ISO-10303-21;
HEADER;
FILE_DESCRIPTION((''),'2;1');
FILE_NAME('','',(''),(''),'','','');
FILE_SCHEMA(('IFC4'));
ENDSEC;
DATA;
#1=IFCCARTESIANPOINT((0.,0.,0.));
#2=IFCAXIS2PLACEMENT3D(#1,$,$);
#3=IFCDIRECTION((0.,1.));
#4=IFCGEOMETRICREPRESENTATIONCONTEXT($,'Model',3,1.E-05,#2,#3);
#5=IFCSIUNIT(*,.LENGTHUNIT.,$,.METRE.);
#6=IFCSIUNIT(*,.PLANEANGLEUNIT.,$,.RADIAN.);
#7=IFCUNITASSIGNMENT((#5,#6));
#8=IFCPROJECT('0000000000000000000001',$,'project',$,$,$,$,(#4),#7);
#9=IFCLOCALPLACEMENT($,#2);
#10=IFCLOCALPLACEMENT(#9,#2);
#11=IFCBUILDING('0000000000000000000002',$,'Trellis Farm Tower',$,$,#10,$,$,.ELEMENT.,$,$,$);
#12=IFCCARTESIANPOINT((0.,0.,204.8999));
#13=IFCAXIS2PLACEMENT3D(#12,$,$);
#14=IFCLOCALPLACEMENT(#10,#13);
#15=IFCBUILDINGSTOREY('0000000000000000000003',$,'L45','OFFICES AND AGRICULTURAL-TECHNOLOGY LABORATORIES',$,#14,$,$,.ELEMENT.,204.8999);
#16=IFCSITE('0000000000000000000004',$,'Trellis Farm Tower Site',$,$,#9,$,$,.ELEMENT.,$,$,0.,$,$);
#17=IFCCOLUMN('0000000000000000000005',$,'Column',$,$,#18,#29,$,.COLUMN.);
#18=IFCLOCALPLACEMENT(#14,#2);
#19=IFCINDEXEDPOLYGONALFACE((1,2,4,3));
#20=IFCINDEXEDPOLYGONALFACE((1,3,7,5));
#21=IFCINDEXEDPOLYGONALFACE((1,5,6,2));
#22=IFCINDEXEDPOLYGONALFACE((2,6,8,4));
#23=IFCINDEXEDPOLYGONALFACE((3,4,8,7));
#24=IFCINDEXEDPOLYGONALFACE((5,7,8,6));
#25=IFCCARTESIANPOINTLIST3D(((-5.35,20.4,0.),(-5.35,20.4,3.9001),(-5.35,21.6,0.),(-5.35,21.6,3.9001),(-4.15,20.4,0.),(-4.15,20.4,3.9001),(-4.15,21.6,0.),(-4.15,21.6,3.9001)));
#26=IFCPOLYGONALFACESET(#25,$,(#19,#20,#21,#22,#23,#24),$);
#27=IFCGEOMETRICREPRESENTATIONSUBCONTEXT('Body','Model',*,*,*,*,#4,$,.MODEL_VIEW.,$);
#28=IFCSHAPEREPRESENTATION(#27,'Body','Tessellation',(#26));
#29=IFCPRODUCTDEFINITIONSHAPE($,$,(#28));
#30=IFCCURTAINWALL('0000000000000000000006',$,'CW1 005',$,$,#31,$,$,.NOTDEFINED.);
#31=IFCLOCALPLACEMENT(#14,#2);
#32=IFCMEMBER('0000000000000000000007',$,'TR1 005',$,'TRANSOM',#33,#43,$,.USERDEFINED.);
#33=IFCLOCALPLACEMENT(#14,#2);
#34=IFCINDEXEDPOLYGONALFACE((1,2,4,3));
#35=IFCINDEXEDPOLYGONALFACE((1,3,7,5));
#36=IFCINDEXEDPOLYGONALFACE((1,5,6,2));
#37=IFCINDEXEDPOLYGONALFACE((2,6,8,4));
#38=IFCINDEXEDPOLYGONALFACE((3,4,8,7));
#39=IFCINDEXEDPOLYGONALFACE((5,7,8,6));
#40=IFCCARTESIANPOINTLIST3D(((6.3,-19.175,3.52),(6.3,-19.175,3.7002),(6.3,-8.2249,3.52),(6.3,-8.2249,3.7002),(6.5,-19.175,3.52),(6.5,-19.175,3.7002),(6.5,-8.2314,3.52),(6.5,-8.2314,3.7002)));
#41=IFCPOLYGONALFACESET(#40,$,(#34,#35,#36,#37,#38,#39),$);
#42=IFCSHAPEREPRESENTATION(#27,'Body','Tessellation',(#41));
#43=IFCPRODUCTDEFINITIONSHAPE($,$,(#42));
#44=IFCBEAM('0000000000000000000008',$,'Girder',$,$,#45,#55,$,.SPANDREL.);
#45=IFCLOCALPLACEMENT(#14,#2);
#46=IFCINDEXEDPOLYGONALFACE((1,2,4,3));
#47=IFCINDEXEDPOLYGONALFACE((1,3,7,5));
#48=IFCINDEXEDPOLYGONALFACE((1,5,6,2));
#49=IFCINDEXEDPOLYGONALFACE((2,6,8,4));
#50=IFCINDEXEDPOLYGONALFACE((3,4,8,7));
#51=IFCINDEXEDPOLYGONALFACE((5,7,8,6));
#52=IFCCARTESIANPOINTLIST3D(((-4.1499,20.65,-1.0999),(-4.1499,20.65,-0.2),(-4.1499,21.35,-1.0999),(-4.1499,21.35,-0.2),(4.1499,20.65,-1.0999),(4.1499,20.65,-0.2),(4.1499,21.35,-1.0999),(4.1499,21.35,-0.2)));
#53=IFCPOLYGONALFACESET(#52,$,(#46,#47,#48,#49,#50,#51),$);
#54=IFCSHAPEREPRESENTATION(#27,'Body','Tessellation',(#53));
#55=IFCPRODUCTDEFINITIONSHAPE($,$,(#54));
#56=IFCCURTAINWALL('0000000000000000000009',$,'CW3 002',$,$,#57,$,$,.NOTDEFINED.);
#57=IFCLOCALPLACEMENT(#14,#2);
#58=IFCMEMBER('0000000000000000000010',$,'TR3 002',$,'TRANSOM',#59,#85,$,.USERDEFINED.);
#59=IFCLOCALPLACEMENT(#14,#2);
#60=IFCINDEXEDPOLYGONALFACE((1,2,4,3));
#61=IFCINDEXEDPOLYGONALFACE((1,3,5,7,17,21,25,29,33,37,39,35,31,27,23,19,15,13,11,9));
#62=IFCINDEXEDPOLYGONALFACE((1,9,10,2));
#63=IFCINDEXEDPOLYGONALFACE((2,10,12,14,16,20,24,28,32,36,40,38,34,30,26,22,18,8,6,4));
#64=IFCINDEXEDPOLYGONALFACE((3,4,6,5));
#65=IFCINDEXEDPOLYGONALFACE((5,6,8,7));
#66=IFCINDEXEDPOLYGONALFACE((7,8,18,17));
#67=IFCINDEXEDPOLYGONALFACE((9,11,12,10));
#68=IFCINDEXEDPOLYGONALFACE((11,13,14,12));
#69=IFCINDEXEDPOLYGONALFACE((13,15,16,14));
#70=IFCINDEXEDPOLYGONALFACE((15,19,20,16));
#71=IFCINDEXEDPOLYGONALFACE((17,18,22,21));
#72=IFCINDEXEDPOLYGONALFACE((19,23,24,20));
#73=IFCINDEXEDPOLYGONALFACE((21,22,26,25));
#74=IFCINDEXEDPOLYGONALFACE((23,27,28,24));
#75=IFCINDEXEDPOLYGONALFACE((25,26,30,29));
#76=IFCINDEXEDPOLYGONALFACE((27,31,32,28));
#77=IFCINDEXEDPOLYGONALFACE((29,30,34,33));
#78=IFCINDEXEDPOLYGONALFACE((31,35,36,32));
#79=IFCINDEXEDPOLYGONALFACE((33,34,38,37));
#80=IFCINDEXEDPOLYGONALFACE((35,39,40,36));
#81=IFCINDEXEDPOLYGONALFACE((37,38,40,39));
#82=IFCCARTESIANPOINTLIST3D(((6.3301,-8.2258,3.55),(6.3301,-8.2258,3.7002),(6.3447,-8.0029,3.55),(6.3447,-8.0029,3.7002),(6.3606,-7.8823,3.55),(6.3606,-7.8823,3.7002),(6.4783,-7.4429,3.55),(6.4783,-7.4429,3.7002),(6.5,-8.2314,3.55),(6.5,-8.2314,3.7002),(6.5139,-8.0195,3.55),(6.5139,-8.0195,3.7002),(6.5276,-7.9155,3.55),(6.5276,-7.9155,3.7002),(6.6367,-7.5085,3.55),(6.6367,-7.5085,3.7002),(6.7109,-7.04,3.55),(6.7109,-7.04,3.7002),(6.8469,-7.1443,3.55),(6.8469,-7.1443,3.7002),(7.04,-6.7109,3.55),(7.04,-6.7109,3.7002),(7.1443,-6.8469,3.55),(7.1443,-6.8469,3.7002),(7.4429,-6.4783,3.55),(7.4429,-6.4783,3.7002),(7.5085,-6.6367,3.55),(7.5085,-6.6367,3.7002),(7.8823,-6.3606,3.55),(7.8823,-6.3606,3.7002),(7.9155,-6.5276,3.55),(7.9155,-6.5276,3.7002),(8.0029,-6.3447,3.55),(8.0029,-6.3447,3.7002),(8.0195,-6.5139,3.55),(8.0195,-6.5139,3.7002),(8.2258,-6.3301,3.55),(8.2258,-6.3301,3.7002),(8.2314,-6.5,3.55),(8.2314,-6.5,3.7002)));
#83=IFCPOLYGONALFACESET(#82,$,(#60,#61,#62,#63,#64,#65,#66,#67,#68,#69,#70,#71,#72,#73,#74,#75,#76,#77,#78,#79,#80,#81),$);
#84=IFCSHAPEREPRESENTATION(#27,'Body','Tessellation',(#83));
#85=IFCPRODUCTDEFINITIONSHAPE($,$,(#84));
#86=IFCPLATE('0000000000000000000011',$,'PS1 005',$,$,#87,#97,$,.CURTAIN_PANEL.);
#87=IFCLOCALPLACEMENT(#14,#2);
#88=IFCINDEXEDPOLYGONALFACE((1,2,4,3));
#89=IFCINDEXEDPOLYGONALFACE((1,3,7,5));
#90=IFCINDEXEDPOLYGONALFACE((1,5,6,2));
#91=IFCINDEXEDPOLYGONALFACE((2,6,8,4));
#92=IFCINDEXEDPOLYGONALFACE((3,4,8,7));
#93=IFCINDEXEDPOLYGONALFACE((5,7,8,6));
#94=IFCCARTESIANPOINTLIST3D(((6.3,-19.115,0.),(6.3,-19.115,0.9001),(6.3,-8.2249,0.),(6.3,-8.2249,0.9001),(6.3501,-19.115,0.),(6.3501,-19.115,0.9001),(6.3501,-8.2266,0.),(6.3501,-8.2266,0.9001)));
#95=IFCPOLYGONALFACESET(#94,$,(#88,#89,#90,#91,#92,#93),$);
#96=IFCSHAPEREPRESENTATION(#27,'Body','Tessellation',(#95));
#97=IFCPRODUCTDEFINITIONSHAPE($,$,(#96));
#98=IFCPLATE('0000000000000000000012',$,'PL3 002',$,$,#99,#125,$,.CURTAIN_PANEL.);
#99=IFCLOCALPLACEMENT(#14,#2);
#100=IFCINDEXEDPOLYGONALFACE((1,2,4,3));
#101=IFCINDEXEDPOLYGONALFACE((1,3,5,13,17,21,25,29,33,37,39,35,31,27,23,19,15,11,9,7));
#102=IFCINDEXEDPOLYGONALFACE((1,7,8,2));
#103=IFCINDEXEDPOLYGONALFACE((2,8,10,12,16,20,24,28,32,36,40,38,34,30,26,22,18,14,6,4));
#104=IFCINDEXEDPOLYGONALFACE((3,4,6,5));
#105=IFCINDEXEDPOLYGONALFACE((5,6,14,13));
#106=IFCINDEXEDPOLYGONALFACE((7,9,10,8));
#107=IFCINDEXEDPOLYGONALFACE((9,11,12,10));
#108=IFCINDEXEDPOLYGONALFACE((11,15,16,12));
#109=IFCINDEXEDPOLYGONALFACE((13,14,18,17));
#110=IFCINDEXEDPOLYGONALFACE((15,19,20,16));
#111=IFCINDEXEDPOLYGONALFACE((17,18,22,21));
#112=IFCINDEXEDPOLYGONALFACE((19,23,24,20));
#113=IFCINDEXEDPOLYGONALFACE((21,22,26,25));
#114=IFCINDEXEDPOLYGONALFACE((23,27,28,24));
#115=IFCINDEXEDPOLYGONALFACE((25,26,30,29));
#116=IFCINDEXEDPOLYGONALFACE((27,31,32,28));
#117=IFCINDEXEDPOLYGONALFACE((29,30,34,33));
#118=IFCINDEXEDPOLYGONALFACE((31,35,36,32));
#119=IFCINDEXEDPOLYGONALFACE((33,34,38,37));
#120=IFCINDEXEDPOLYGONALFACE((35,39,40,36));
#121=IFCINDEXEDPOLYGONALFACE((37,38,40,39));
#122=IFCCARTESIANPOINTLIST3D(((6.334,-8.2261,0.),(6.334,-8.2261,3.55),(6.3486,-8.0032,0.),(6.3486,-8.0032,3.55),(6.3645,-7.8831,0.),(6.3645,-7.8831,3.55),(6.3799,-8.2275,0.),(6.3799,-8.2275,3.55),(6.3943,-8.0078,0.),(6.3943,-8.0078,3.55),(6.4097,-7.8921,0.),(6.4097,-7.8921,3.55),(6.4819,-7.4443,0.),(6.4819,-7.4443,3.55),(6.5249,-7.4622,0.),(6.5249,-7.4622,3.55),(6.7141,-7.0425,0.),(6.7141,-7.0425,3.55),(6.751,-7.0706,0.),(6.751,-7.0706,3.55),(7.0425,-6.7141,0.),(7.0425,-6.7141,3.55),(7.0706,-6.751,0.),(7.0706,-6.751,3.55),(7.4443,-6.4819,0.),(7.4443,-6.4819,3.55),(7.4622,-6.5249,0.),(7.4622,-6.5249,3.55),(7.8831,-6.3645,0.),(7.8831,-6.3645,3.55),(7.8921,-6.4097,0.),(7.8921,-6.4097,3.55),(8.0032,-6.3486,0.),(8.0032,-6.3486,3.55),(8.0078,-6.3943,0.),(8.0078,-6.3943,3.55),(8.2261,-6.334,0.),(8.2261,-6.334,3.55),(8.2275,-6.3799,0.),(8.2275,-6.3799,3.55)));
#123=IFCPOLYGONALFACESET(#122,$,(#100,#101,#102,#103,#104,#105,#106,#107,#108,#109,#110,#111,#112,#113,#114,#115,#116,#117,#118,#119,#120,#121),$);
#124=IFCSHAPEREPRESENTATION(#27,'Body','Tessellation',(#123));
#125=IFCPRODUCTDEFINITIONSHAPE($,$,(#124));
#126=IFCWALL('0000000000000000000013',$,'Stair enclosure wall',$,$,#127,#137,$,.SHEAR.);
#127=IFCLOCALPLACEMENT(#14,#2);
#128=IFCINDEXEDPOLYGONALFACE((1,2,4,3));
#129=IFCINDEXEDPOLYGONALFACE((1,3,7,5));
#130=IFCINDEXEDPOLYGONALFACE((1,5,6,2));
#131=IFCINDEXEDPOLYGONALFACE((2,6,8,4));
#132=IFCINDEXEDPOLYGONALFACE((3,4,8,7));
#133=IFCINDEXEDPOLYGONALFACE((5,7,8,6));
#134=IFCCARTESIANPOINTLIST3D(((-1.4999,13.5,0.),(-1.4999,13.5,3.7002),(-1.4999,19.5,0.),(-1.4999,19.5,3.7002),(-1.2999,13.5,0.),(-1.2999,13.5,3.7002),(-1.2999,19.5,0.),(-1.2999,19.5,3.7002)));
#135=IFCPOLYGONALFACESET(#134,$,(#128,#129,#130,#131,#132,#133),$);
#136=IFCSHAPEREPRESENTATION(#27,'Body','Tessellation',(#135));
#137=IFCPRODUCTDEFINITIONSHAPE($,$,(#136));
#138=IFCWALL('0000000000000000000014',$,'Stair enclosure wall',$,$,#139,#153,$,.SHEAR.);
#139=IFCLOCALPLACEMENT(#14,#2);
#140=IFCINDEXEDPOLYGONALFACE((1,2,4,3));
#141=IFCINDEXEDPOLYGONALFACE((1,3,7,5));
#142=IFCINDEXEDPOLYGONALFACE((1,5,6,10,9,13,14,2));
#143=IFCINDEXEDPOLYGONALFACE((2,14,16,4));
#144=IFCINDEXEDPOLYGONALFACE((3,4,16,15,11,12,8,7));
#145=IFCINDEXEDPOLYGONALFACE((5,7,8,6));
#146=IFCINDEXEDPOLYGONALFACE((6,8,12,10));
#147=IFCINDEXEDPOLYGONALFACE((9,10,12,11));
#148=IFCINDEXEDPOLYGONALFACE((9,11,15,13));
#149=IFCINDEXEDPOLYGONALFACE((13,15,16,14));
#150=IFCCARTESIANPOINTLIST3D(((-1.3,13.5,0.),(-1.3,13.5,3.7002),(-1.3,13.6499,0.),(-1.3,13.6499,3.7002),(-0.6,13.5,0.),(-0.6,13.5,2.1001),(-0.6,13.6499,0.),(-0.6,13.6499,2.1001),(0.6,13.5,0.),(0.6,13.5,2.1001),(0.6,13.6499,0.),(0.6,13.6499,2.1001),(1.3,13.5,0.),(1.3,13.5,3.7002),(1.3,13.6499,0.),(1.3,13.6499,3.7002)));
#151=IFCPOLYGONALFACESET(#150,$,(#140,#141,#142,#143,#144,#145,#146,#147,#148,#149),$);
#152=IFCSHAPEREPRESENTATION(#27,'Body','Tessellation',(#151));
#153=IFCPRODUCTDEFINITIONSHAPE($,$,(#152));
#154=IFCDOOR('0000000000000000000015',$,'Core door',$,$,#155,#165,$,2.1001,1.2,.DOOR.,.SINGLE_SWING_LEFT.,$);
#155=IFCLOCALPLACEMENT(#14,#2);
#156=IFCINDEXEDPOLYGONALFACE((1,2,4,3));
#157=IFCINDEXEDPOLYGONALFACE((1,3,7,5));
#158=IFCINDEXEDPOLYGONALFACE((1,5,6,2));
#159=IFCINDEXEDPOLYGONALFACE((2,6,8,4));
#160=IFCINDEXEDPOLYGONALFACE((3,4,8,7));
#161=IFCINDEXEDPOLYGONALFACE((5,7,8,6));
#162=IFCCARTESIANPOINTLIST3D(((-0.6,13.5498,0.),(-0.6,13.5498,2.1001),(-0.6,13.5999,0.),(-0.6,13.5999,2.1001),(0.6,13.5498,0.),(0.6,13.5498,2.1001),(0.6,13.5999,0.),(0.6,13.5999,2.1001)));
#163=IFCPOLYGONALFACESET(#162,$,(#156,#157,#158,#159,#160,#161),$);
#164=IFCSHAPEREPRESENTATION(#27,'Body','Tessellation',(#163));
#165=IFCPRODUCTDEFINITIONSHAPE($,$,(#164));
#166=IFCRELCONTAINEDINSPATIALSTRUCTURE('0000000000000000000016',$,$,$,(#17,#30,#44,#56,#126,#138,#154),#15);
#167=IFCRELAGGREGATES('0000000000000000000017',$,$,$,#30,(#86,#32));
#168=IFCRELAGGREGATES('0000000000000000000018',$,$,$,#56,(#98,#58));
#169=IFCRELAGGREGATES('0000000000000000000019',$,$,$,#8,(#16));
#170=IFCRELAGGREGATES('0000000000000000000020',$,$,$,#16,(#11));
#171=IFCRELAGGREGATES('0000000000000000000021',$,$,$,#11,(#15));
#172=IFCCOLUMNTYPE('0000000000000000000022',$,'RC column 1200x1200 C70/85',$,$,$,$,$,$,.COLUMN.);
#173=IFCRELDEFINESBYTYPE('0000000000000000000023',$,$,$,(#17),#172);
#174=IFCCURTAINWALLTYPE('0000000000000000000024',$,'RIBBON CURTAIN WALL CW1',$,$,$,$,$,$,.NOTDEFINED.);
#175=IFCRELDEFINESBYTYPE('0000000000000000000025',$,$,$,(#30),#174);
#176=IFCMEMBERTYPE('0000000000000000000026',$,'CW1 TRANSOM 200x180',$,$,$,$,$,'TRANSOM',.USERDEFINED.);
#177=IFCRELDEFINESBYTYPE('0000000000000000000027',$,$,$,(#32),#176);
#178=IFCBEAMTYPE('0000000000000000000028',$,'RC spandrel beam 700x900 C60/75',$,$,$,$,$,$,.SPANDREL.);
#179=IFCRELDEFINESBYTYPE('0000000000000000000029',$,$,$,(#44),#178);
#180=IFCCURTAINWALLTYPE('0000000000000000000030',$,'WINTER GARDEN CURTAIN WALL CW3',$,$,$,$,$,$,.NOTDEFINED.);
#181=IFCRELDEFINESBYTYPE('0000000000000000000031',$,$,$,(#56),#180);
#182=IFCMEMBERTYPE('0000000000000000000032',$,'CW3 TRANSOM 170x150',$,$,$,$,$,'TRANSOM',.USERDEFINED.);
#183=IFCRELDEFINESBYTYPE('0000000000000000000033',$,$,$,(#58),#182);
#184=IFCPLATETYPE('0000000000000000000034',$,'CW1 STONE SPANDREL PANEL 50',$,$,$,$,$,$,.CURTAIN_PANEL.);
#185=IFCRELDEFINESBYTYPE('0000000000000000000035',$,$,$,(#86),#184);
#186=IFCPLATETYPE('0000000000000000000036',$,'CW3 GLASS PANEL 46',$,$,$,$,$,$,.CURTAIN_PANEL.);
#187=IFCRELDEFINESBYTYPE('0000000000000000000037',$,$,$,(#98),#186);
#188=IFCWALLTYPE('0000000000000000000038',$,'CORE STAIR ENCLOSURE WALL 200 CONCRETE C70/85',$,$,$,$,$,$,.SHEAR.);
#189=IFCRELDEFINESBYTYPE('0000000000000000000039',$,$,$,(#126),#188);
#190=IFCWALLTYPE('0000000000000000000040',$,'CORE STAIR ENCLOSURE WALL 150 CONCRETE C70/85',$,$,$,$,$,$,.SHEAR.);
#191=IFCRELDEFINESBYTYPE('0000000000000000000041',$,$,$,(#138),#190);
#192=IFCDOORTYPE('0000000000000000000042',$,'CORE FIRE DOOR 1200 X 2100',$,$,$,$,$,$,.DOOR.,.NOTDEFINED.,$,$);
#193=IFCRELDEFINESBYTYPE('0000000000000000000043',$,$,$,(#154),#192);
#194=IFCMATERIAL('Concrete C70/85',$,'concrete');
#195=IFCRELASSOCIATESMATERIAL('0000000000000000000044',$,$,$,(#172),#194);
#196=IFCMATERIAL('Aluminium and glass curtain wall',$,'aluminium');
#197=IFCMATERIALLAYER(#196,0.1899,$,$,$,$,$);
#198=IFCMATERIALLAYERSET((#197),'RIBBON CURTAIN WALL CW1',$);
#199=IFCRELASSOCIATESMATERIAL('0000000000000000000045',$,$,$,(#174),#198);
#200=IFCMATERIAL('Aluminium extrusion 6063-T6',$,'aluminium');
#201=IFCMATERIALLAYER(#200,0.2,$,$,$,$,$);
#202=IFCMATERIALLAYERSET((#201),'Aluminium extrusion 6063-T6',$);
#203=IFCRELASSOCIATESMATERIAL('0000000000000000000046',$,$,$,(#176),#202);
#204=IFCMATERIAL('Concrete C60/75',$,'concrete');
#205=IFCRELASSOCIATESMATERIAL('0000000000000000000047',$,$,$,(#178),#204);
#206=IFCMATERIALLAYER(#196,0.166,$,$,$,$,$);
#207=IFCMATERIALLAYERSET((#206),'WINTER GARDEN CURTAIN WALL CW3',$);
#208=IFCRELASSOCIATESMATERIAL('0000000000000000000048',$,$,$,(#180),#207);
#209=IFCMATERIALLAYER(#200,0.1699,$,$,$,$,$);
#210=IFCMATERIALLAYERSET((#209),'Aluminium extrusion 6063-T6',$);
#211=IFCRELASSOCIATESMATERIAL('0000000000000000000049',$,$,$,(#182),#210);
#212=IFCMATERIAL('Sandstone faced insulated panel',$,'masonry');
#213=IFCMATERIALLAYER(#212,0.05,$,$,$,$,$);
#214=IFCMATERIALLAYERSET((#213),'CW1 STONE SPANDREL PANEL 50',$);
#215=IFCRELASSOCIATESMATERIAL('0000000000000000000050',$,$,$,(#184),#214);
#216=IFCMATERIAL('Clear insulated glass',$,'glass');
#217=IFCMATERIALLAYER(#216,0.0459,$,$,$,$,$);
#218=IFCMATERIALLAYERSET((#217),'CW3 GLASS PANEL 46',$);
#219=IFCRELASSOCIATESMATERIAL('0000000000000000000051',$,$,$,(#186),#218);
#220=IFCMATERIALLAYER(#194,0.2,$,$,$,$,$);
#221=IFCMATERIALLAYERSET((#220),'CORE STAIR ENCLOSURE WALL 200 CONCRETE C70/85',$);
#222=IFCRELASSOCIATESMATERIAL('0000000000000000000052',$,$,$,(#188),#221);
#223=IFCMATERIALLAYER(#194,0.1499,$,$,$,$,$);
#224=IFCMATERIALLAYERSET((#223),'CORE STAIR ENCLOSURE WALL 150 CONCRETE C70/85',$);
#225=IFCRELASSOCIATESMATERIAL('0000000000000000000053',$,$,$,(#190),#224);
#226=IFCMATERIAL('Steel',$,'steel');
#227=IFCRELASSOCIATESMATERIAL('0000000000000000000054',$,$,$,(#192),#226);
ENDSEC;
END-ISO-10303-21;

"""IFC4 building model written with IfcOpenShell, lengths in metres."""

from ifc_helpers import new_model, si_unit, direction, frame, frame_2d, origin, origin_2d, place, context, subcontext, project, spatial, polyline, rectangle, outline, extrude, source, transform, mapped, material, layer, layer_set, material_profile, profile_set, type_object, element, fill, aggregate, save


model = new_model("IFC4")

# Units and contexts
model_context = context("Model", 3, precision=1e-05, world=origin(), true_north=direction((0.0, 1.0)))
body_context = subcontext(model_context, "Body", "Model", "MODEL_VIEW")
ifc_project = project(units=[si_unit("LENGTHUNIT", "METRE"), si_unit("PLANEANGLEUNIT", "RADIAN")], contexts=[model_context])

# Site, building, storey
site_placement = place(None, origin())
site = spatial("IfcSite", under=ifc_project, at=site_placement, Name="Trellis Farm Tower Site", CompositionType="ELEMENT", RefElevation=0.0)
building_placement = place(site_placement, origin())
building = spatial("IfcBuilding", under=site, at=building_placement, Name="Trellis Farm Tower", CompositionType="ELEMENT")
storey_placement = place(building_placement, frame((0.0, 0.0, 204.8999)))
storey = spatial("IfcBuildingStorey", under=building, at=storey_placement, Name="L45", Description="OFFICES AND AGRICULTURAL-TECHNOLOGY LABORATORIES", CompositionType="ELEMENT", Elevation=204.8999)

# Column
ifc_material_1 = material(Name="Concrete C70/85", Category="concrete")
ifc_material_profile_1 = material_profile(ifc_material_1, rectangle(XDim=1.2, YDim=1.2, at=origin_2d()), Name="RC column 1200x1200 C70/85")
ifc_profile_set_1 = profile_set([ifc_material_profile_1], Name="Concrete C70/85")
column_type = type_object("IfcColumnType", Name="RC column 1200x1200 C70/85", PredefinedType="COLUMN", material=ifc_profile_set_1)
shared_shape_1 = source(origin(), body_context, "Body", "SweptSolid", [
    extrude(rectangle(XDim=1.2, YDim=1.2, at=origin_2d()), origin(), (0.0, 0.0, 1.0), 3.9001),
])
column_placement = place(storey_placement, frame((-4.75, 21.0, 0.0), z_axis=(0.0, 0.0, 1.0), x_axis=(1.0, 0.0, 0.0)))
element("IfcColumn", 1, at=column_placement, inside=storey, type_object=column_type, Name="Column", PredefinedType="COLUMN", context=body_context, shape_type="MappedRepresentation", body=[
    mapped(shared_shape_1, transform((0.0, 0.0, 0.0))),
])

# Curtain wall, member
ifc_material_2 = material(Name="Aluminium and glass curtain wall", Category="aluminium")
ifc_layer_1 = layer(ifc_material_2, 0.1899)
ifc_layer_set_1 = layer_set([ifc_layer_1], Name="RIBBON CURTAIN WALL CW1")
curtain_wall_type_1 = type_object("IfcCurtainWallType", Name="RIBBON CURTAIN WALL CW1", PredefinedType="NOTDEFINED", material=ifc_layer_set_1)
placement = place(storey_placement, origin())
curtain_wall_1 = element("IfcCurtainWall", 2, at=placement, inside=storey, type_object=curtain_wall_type_1, Name="CW1 005", PredefinedType="NOTDEFINED")
ifc_material_3 = material(Name="Aluminium extrusion 6063-T6", Category="aluminium")
ifc_layer_2 = layer(ifc_material_3, 0.2)
ifc_layer_set_2 = layer_set([ifc_layer_2], Name="Aluminium extrusion 6063-T6")
member_type_1 = type_object("IfcMemberType", Name="CW1 TRANSOM 200x180", ElementType="TRANSOM", PredefinedType="USERDEFINED", material=ifc_layer_set_2)
member_1_placement = place(storey_placement, frame((0.0, 0.0, 3.52)))
member_1 = element("IfcMember", 3, at=member_1_placement, type_object=member_type_1, Name="TR1 005", ObjectType="TRANSOM", PredefinedType="USERDEFINED", context=body_context, shape_type="SweptSolid", body=[
    extrude(outline(polyline([(6.5, -19.175), (6.5, -8.2314), (6.3, -8.2249), (6.3, -19.175), (6.5, -19.175)])), origin(), (0.0, 0.0, 1.0), 0.1802),
])

# Beam
ifc_material_4 = material(Name="Concrete C60/75", Category="concrete")
ifc_material_profile_2 = material_profile(ifc_material_4, rectangle(XDim=0.7, YDim=0.8999, at=origin_2d()), Name="RC spandrel beam 700x900 C60/75")
ifc_profile_set_2 = profile_set([ifc_material_profile_2], Name="Concrete C60/75")
beam_type = type_object("IfcBeamType", Name="RC spandrel beam 700x900 C60/75", PredefinedType="SPANDREL", material=ifc_profile_set_2)
shared_shape_2 = source(origin(), body_context, "Body", "SweptSolid", [
    extrude(rectangle(XDim=0.7, YDim=0.8999, at=origin_2d()), origin(), (0.0, 0.0, 1.0), 8.2998),
])
beam_placement = place(storey_placement, frame((-4.1499, 21.0, -0.6499), z_axis=(1.0, 0.0, 0.0), x_axis=(0.0, 1.0, 0.0)))
element("IfcBeam", 4, at=beam_placement, inside=storey, type_object=beam_type, Name="Girder", PredefinedType="SPANDREL", context=body_context, shape_type="MappedRepresentation", body=[
    mapped(shared_shape_2, transform((0.0, 0.0, 0.0))),
])

# Curtain wall, member
ifc_layer_3 = layer(ifc_material_2, 0.166)
ifc_layer_set_3 = layer_set([ifc_layer_3], Name="WINTER GARDEN CURTAIN WALL CW3")
curtain_wall_type_2 = type_object("IfcCurtainWallType", Name="WINTER GARDEN CURTAIN WALL CW3", PredefinedType="NOTDEFINED", material=ifc_layer_set_3)
curtain_wall_2 = element("IfcCurtainWall", 5, at=placement, inside=storey, type_object=curtain_wall_type_2, Name="CW3 002", PredefinedType="NOTDEFINED")
ifc_layer_4 = layer(ifc_material_3, 0.1699)
ifc_layer_set_4 = layer_set([ifc_layer_4], Name="Aluminium extrusion 6063-T6")
member_type_2 = type_object("IfcMemberType", Name="CW3 TRANSOM 170x150", ElementType="TRANSOM", PredefinedType="USERDEFINED", material=ifc_layer_set_4)
shared_shape_3 = source(origin(), body_context, "Body", "SweptSolid", [
    extrude(outline(polyline([(6.5, -8.2314), (6.5139, -8.0195), (6.5276, -7.9155), (6.6367, -7.5085), (6.8469, -7.1443), (7.1443, -6.8469), (7.5085, -6.6367), (7.9155, -6.5276), (8.0195, -6.5139), (8.2314, -6.5), (8.2258, -6.3301), (8.0029, -6.3447), (7.8823, -6.3606), (7.4429, -6.4783), (7.04, -6.7109), (6.7109, -7.04), (6.4783, -7.4429), (6.3606, -7.8823), (6.3447, -8.0029), (6.3301, -8.2258), (6.5, -8.2314)])), origin(), (0.0, 0.0, 1.0), 0.1501),
])
member_2_placement = place(storey_placement, frame((0.0, 0.0, 3.55)))
member_2 = element("IfcMember", 6, at=member_2_placement, type_object=member_type_2, Name="TR3 002", ObjectType="TRANSOM", PredefinedType="USERDEFINED", context=body_context, shape_type="MappedRepresentation", body=[
    mapped(shared_shape_3, transform((0.0, 0.0, 0.0))),
])

# Plates
ifc_material_5 = material(Name="Sandstone faced insulated panel", Category="masonry")
ifc_layer_5 = layer(ifc_material_5, 0.05)
ifc_layer_set_5 = layer_set([ifc_layer_5], Name="CW1 STONE SPANDREL PANEL 50")
plate_type_1 = type_object("IfcPlateType", Name="CW1 STONE SPANDREL PANEL 50", PredefinedType="CURTAIN_PANEL", material=ifc_layer_set_5)
plate_1 = element("IfcPlate", 7, at=placement, type_object=plate_type_1, Name="PS1 005", PredefinedType="CURTAIN_PANEL", context=body_context, shape_type="SweptSolid", body=[
    extrude(outline(polyline([(6.3501, -19.115), (6.3501, -8.2266), (6.3, -8.2249), (6.3, -19.115), (6.3501, -19.115)])), origin(), (0.0, 0.0, 1.0), 0.9001),
])
aggregate(curtain_wall_1, [plate_1, member_1])
ifc_material_6 = material(Name="Clear insulated glass", Category="glass")
ifc_layer_6 = layer(ifc_material_6, 0.0459)
ifc_layer_set_6 = layer_set([ifc_layer_6], Name="CW3 GLASS PANEL 46")
plate_type_2 = type_object("IfcPlateType", Name="CW3 GLASS PANEL 46", PredefinedType="CURTAIN_PANEL", material=ifc_layer_set_6)
shared_shape_4 = source(origin(), body_context, "Body", "SweptSolid", [
    extrude(outline(polyline([(6.3799, -8.2275), (6.3943, -8.0078), (6.4097, -7.8921), (6.5249, -7.4622), (6.751, -7.0706), (7.0706, -6.751), (7.4622, -6.5249), (7.8921, -6.4097), (8.0078, -6.3943), (8.2275, -6.3799), (8.2261, -6.334), (8.0032, -6.3486), (7.8831, -6.3645), (7.4443, -6.4819), (7.0425, -6.7141), (6.7141, -7.0425), (6.4819, -7.4443), (6.3645, -7.8831), (6.3486, -8.0032), (6.334, -8.2261), (6.3799, -8.2275)])), origin(), (0.0, 0.0, 1.0), 3.55),
])
plate_2 = element("IfcPlate", 8, at=placement, type_object=plate_type_2, Name="PL3 002", PredefinedType="CURTAIN_PANEL", context=body_context, shape_type="MappedRepresentation", body=[
    mapped(shared_shape_4, transform((0.0, 0.0, 0.0))),
])
aggregate(curtain_wall_2, [plate_2, member_2])

# Wall
ifc_layer_7 = layer(ifc_material_1, 0.2)
ifc_layer_set_7 = layer_set([ifc_layer_7], Name="CORE STAIR ENCLOSURE WALL 200 CONCRETE C70/85")
wall_type_1 = type_object("IfcWallType", Name="CORE STAIR ENCLOSURE WALL 200 CONCRETE C70/85", PredefinedType="SHEAR", material=ifc_layer_set_7)
shared_shape_5 = source(origin(), body_context, "Body", "SweptSolid", [
    extrude(rectangle(XDim=6.0, YDim=0.2, at=frame_2d((3.0, 0.0))), origin(), (0.0, 0.0, 1.0), 3.7002),
])
wall_1_placement = place(storey_placement, frame((-1.3999, 13.5, 0.0), z_axis=(0.0, 0.0, 1.0), x_axis=(0.0, 1.0, 0.0)))
element("IfcWall", 9, at=wall_1_placement, inside=storey, type_object=wall_type_1, Name="Stair enclosure wall", PredefinedType="SHEAR", context=body_context, shape_type="MappedRepresentation", body=[
    mapped(shared_shape_5, transform((0.0, 0.0, 0.0))),
])

# Wall, opening, door
ifc_layer_8 = layer(ifc_material_1, 0.1499)
ifc_layer_set_8 = layer_set([ifc_layer_8], Name="CORE STAIR ENCLOSURE WALL 150 CONCRETE C70/85")
wall_type_2 = type_object("IfcWallType", Name="CORE STAIR ENCLOSURE WALL 150 CONCRETE C70/85", PredefinedType="SHEAR", material=ifc_layer_set_8)
shared_shape_6 = source(origin(), body_context, "Body", "SweptSolid", [
    extrude(rectangle(XDim=2.6001, YDim=0.1499, at=frame_2d((1.3, 0.0))), origin(), (0.0, 0.0, 1.0), 3.7002),
])
wall_2_placement = place(storey_placement, frame((-1.3, 13.575, 0.0), z_axis=(0.0, 0.0, 1.0), x_axis=(1.0, 0.0, 0.0)))
wall_2 = element("IfcWall", 10, at=wall_2_placement, inside=storey, type_object=wall_type_2, Name="Stair enclosure wall", PredefinedType="SHEAR", context=body_context, shape_type="MappedRepresentation", body=[
    mapped(shared_shape_6, transform((0.0, 0.0, 0.0))),
])
shared_shape_7 = source(origin(), body_context, "Body", "SweptSolid", [
    extrude(rectangle(XDim=1.2, YDim=2.1001, at=frame_2d((0.6001, 1.05))), frame((0.0, 0.085, 0.0), z_axis=(0.0, -1.0, 0.0), x_axis=(1.0, 0.0, 0.0)), (0.0, 0.0, 1.0), 0.1699),
])
opening_1_placement = place(wall_2_placement, frame((0.7, 0.0, 0.0)))
opening_1 = element("IfcOpeningElement", 11, at=opening_1_placement, cuts=wall_2, PredefinedType="OPENING", context=body_context, shape_type="MappedRepresentation", body=[
    mapped(shared_shape_7, transform((0.0, 0.0, 0.0))),
])
ifc_material_7 = material(Name="Steel", Category="steel")
door_type_1 = type_object("IfcDoorType", Name="CORE FIRE DOOR 1200 X 2100", OperationType="NOTDEFINED", PredefinedType="DOOR", material=ifc_material_7)
shared_shape_8 = source(origin(), body_context, "Body", "SweptSolid", [
    extrude(rectangle(XDim=1.2, YDim=2.1001, at=frame_2d((0.6001, 1.05))), frame((0.0, 0.0249, 0.0), z_axis=(0.0, -1.0, 0.0), x_axis=(1.0, 0.0, 0.0)), (0.0, 0.0, 1.0), 0.05),
])
door_1_placement = place(opening_1_placement, origin())
door_1 = element("IfcDoor", 12, at=door_1_placement, inside=storey, type_object=door_type_1, Name="Core door", OperationType="SINGLE_SWING_LEFT", OverallHeight=2.1001, OverallWidth=1.2, PredefinedType="DOOR", context=body_context, shape_type="MappedRepresentation", body=[
    mapped(shared_shape_8, transform((0.0, 0.0, 0.0))),
])
fill(opening_1, door_1)

save(model, "model.ifc")
